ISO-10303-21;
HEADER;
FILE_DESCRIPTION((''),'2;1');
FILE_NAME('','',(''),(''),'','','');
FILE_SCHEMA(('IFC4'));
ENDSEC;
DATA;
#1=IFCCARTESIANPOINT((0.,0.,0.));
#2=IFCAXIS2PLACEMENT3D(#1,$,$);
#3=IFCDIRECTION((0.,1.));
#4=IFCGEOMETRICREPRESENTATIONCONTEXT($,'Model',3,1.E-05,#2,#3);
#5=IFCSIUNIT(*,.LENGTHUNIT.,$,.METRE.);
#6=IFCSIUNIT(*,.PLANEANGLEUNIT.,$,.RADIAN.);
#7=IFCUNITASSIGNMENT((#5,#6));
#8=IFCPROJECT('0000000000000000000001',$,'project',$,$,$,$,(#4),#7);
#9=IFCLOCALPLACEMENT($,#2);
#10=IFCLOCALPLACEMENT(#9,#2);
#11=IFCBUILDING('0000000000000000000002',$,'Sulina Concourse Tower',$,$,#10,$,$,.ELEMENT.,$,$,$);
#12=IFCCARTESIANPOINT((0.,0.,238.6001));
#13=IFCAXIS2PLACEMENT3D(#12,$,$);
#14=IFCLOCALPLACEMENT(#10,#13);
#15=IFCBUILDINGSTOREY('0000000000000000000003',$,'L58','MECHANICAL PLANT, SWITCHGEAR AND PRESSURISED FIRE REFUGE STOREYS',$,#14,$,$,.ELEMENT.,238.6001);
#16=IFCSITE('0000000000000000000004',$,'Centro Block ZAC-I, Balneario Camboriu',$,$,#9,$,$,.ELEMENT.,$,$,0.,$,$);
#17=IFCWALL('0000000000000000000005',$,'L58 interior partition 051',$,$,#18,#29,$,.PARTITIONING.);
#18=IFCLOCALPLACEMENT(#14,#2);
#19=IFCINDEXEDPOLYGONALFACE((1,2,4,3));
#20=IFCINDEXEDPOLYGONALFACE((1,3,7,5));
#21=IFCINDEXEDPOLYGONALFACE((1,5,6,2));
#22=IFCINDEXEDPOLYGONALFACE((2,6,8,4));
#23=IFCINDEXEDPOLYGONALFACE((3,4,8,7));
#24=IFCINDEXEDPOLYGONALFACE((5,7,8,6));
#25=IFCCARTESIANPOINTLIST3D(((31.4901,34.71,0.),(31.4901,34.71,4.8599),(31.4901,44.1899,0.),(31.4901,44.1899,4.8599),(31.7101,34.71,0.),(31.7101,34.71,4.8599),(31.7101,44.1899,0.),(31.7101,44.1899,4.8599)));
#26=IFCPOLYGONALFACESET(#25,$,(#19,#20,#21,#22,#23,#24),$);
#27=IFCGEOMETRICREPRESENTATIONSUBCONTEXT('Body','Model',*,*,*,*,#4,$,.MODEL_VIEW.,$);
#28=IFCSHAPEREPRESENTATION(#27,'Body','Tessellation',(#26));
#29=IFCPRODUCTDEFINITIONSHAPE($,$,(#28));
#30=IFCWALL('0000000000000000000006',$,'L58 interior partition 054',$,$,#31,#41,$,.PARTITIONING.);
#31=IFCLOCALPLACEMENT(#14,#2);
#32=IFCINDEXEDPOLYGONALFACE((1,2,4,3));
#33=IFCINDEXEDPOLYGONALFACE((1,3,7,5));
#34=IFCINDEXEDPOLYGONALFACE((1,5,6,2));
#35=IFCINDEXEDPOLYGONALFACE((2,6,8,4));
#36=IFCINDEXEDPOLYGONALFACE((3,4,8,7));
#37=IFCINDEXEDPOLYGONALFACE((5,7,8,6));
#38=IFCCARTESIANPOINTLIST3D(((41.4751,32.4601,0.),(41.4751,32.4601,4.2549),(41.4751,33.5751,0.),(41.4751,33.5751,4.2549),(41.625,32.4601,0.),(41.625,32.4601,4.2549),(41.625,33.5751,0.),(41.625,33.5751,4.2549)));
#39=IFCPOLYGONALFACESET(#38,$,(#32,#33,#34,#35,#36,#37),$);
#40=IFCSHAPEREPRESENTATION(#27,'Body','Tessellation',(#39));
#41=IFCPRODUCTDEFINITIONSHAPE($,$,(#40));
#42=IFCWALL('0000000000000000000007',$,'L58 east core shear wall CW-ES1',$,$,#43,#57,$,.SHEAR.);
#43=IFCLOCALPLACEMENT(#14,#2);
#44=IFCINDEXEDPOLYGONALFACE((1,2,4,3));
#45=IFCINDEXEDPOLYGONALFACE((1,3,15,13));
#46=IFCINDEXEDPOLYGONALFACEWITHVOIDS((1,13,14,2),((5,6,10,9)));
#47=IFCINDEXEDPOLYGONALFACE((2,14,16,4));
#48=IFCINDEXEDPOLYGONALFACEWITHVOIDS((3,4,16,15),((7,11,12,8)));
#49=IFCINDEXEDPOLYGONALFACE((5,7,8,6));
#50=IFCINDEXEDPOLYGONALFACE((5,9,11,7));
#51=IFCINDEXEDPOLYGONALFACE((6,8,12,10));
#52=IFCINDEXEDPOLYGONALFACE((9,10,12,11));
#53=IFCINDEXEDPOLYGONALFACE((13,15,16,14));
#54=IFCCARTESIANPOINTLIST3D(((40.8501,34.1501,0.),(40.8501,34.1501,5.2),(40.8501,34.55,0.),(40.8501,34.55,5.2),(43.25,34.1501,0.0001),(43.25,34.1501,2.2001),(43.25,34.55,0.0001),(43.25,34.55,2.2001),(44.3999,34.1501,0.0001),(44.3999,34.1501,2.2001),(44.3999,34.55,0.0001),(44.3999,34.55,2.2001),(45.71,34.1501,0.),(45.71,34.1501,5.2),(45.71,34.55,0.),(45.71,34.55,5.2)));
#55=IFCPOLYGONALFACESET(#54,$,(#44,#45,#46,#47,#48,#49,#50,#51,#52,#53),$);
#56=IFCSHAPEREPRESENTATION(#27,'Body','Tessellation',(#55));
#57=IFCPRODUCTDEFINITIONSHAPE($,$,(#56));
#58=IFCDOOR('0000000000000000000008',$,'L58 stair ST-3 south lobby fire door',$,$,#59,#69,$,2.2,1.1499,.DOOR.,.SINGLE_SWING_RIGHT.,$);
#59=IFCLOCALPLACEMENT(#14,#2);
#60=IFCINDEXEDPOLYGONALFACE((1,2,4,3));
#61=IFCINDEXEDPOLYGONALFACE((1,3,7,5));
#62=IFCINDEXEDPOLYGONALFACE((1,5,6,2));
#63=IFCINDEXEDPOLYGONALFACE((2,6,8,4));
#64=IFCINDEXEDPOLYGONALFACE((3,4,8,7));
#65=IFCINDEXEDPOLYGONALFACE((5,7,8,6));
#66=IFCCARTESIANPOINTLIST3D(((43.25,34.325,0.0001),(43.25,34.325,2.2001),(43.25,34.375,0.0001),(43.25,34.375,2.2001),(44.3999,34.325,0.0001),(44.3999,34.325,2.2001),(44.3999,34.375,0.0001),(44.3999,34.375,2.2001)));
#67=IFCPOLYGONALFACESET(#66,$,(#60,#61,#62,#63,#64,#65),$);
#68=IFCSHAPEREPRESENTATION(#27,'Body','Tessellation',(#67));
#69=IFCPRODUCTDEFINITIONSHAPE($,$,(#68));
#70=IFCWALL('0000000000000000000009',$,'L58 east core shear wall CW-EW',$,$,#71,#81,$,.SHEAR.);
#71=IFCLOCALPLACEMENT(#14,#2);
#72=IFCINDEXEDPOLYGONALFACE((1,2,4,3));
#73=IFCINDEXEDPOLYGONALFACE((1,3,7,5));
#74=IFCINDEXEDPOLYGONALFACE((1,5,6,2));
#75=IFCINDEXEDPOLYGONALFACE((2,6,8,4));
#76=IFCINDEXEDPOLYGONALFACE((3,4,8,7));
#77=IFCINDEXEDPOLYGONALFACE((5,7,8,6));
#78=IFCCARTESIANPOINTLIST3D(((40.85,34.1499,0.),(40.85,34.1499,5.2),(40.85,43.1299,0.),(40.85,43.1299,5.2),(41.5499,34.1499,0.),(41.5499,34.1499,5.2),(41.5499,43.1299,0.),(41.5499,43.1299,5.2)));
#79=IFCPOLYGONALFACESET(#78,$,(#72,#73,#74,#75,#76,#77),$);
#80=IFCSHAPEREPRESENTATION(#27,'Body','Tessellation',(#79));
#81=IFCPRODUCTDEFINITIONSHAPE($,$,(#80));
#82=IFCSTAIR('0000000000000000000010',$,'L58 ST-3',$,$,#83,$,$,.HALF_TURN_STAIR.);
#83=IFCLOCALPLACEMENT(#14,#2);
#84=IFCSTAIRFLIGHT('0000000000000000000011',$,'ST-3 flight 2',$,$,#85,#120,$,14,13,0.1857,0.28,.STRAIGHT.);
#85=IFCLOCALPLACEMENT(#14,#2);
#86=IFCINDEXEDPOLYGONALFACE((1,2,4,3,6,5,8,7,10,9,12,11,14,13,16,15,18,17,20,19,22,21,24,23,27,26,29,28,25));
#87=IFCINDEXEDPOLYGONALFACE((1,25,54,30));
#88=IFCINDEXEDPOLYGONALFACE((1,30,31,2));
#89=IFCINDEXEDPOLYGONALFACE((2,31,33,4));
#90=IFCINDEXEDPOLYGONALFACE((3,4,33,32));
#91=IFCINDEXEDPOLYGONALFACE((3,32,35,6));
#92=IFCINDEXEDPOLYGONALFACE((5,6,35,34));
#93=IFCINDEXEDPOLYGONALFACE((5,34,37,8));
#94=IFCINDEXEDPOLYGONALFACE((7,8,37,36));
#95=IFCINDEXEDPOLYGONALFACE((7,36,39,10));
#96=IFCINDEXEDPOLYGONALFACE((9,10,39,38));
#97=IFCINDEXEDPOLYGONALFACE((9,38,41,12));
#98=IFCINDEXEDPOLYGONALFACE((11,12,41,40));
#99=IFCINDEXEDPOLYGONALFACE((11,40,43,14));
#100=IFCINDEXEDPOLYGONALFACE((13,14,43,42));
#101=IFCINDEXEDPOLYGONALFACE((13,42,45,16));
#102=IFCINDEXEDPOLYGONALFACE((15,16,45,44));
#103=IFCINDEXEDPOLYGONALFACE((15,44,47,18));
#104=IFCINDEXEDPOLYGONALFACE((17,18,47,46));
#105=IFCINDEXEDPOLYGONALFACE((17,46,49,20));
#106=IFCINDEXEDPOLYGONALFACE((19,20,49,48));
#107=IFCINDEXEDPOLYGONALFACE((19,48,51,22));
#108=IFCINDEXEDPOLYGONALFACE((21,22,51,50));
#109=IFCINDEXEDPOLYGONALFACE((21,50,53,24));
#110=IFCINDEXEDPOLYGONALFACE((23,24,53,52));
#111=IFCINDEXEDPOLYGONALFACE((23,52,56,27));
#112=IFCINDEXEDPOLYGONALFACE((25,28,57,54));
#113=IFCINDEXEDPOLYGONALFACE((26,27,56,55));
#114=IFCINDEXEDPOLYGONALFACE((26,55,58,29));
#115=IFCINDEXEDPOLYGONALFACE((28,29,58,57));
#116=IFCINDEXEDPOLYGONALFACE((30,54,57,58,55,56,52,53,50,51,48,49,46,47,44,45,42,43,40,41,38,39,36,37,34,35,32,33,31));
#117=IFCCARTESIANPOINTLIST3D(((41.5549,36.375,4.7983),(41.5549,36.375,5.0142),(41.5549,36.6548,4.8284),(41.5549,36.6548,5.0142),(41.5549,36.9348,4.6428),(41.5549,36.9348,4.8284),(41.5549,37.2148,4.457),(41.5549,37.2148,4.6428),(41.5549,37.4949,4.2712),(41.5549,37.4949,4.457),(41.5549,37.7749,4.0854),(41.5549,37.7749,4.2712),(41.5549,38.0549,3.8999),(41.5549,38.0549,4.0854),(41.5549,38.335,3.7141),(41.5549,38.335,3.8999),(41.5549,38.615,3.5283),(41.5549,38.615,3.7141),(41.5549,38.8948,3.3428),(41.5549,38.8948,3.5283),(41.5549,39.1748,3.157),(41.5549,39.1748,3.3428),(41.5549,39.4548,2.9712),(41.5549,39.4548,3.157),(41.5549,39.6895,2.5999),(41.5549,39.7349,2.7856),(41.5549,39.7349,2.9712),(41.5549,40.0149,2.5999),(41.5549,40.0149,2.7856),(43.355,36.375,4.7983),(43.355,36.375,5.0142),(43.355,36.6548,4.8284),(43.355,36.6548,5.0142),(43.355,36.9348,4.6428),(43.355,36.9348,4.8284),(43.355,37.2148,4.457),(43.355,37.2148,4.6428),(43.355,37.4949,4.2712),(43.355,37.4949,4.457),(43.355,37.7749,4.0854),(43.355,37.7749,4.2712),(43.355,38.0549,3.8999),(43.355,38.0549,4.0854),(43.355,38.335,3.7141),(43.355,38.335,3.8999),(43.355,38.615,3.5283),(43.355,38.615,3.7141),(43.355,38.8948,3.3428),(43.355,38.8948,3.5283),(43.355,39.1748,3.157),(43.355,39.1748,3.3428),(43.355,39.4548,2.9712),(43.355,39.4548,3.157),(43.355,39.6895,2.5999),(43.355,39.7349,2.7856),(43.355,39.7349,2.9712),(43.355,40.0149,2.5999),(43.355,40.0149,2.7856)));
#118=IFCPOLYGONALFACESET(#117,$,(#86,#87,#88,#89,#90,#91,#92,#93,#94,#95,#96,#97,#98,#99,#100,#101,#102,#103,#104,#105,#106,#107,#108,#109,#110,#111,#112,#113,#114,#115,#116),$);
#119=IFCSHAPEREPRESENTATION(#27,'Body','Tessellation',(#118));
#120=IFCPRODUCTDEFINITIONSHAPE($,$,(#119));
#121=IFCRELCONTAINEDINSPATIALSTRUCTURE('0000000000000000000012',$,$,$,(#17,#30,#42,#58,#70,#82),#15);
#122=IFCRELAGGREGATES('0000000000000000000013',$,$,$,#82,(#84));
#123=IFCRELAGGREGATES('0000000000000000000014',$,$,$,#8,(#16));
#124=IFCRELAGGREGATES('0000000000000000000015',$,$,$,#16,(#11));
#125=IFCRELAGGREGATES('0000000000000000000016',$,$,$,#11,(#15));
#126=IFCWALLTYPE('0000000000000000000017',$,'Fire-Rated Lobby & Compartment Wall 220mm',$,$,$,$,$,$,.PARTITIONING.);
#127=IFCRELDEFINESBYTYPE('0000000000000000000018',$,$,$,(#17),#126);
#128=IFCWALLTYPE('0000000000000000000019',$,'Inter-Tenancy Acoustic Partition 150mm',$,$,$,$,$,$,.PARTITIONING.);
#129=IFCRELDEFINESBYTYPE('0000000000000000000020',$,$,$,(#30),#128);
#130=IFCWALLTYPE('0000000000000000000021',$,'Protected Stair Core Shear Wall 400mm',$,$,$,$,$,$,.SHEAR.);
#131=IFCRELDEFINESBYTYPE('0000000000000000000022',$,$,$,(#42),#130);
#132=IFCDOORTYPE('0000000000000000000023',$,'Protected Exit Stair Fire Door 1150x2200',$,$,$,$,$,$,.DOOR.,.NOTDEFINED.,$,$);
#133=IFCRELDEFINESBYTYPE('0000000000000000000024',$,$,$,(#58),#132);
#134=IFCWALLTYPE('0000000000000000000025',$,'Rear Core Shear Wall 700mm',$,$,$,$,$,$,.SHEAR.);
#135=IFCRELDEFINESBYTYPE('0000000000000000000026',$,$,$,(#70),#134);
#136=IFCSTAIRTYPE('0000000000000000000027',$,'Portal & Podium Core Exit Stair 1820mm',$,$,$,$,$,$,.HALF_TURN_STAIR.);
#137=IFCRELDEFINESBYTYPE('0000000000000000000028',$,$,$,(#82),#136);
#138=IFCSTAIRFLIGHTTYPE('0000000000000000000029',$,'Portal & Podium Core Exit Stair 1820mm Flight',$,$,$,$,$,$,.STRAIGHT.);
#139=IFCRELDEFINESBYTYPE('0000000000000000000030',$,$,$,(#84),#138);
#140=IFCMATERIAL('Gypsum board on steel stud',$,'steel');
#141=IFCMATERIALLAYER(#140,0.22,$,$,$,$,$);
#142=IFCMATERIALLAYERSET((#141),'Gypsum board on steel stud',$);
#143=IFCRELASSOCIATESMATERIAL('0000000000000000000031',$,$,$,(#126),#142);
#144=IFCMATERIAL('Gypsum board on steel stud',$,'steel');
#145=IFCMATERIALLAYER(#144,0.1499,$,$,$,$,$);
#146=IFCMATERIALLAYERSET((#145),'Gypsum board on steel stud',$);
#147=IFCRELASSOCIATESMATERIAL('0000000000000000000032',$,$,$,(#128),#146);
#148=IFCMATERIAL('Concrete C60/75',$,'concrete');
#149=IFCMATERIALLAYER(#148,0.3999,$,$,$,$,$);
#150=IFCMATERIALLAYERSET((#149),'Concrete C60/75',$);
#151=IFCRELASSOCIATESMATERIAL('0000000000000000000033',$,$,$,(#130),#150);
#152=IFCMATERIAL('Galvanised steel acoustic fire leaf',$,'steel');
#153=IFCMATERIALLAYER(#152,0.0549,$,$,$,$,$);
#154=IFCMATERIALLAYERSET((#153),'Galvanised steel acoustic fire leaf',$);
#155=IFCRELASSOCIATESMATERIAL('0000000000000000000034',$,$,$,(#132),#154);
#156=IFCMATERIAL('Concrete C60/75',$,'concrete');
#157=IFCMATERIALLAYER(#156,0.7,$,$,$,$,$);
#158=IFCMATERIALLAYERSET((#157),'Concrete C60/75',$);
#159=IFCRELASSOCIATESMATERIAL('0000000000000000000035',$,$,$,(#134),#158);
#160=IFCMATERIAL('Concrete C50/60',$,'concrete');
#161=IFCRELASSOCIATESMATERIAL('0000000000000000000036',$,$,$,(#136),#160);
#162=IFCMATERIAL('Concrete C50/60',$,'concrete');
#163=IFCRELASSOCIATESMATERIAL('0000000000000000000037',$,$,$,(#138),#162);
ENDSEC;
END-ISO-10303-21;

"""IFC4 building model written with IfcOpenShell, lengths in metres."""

from ifc_helpers import new_model, si_unit, direction, frame, frame_2d, origin, place, context, subcontext, project, spatial, polyline, rectangle, outline, extrude, material, layer, layer_set, type_object, element, fill, aggregate, save


model = new_model("IFC4")

# Units and contexts
model_context = context("Model", 3, precision=1e-05, world=origin(), true_north=direction((0.0, 1.0)))
body_context = subcontext(model_context, "Body", "Model", "MODEL_VIEW")
ifc_project = project(units=[si_unit("LENGTHUNIT", "METRE"), si_unit("PLANEANGLEUNIT", "RADIAN")], contexts=[model_context])

# Site, building, storey
site_placement = place(None, origin())
site = spatial("IfcSite", under=ifc_project, at=site_placement, Name="Centro Block ZAC-I, Balneario Camboriu", CompositionType="ELEMENT", RefElevation=0.0)
building_placement = place(site_placement, origin())
building = spatial("IfcBuilding", under=site, at=building_placement, Name="Sulina Concourse Tower", CompositionType="ELEMENT")
storey_placement = place(building_placement, frame((0.0, 0.0, 238.6001)))
storey = spatial("IfcBuildingStorey", under=building, at=storey_placement, Name="L58", Description="MECHANICAL PLANT, SWITCHGEAR AND PRESSURISED FIRE REFUGE STOREYS", CompositionType="ELEMENT", Elevation=238.6001)

# Walls
ifc_material_1 = material(Name="Gypsum board on steel stud", Category="steel")
ifc_layer_1 = layer(ifc_material_1, 0.22)
ifc_layer_set_1 = layer_set([ifc_layer_1], Name="Gypsum board on steel stud")
wall_type_1 = type_object("IfcWallType", Name="Fire-Rated Lobby & Compartment Wall 220mm", PredefinedType="PARTITIONING", material=ifc_layer_set_1)
wall_1_placement = place(storey_placement, frame((31.6001, 34.71, 0.0), z_axis=(0.0, 0.0, 1.0), x_axis=(0.0, 1.0, 0.0)))
element("IfcWall", 1, at=wall_1_placement, inside=storey, type_object=wall_type_1, Name="L58 interior partition 051", PredefinedType="PARTITIONING", context=body_context, shape_type="SweptSolid", body=[
    extrude(rectangle(XDim=9.48, YDim=0.22, at=frame_2d((4.74, 0.0))), origin(), (0.0, 0.0, 1.0), 4.8599),
])
ifc_material_2 = material(Name="Gypsum board on steel stud", Category="steel")
ifc_layer_2 = layer(ifc_material_2, 0.1499)
ifc_layer_set_2 = layer_set([ifc_layer_2], Name="Gypsum board on steel stud")
wall_type_2 = type_object("IfcWallType", Name="Inter-Tenancy Acoustic Partition 150mm", PredefinedType="PARTITIONING", material=ifc_layer_set_2)
wall_2_placement = place(storey_placement, frame((41.55, 32.46, 0.0), z_axis=(0.0, 0.0, 1.0), x_axis=(0.0, 1.0, 0.0)))
element("IfcWall", 2, at=wall_2_placement, inside=storey, type_object=wall_type_2, Name="L58 interior partition 054", PredefinedType="PARTITIONING", context=body_context, shape_type="SweptSolid", body=[
    extrude(rectangle(XDim=1.115, YDim=0.1499, at=frame_2d((0.5576, 0.0))), origin(), (0.0, 0.0, 1.0), 4.2549),
])

# Wall, opening, door
ifc_material_3 = material(Name="Concrete C60/75", Category="concrete")
ifc_layer_3 = layer(ifc_material_3, 0.3999)
ifc_layer_set_3 = layer_set([ifc_layer_3], Name="Concrete C60/75")
wall_type_3 = type_object("IfcWallType", Name="Protected Stair Core Shear Wall 400mm", PredefinedType="SHEAR", material=ifc_layer_set_3)
wall_3_placement = place(storey_placement, frame((40.8501, 34.3501, 0.0), z_axis=(0.0, 0.0, 1.0), x_axis=(1.0, 0.0, 0.0)))
wall_3 = element("IfcWall", 3, at=wall_3_placement, inside=storey, type_object=wall_type_3, Name="L58 east core shear wall CW-ES1", PredefinedType="SHEAR", context=body_context, shape_type="SweptSolid", body=[
    extrude(rectangle(XDim=4.8599, YDim=0.3999, at=frame_2d((2.4299, 0.0))), origin(), (0.0, 0.0, 1.0), 5.2),
])
opening_placement = place(wall_3_placement, frame((2.3999, 0.0, 0.0)))
opening = element("IfcOpeningElement", 4, at=opening_placement, cuts=wall_3, PredefinedType="OPENING", context=body_context, shape_type="SweptSolid", body=[
    extrude(rectangle(XDim=1.1499, YDim=2.2, at=frame_2d((0.575, 1.1001))), frame((0.0, 0.21, 0.0), z_axis=(0.0, -1.0, 0.0), x_axis=(1.0, 0.0, 0.0)), (0.0, 0.0, 1.0), 0.4199),
])
ifc_material_4 = material(Name="Galvanised steel acoustic fire leaf", Category="steel")
ifc_layer_4 = layer(ifc_material_4, 0.0549)
ifc_layer_set_4 = layer_set([ifc_layer_4], Name="Galvanised steel acoustic fire leaf")
door_type = type_object("IfcDoorType", Name="Protected Exit Stair Fire Door 1150x2200", OperationType="NOTDEFINED", PredefinedType="DOOR", material=ifc_layer_set_4)
door_placement = place(opening_placement, origin())
door = element("IfcDoor", 5, at=door_placement, inside=storey, type_object=door_type, Name="L58 stair ST-3 south lobby fire door", OperationType="SINGLE_SWING_RIGHT", OverallHeight=2.2, OverallWidth=1.1499, PredefinedType="DOOR", context=body_context, shape_type="SweptSolid", body=[
    extrude(rectangle(XDim=1.1499, YDim=2.2, at=frame_2d((0.575, 1.1001))), frame((0.0, 0.0249, 0.0), z_axis=(0.0, -1.0, 0.0), x_axis=(1.0, 0.0, 0.0)), (0.0, 0.0, 1.0), 0.05),
])
fill(opening, door)

# Wall
ifc_material_5 = material(Name="Concrete C60/75", Category="concrete")
ifc_layer_5 = layer(ifc_material_5, 0.7)
ifc_layer_set_5 = layer_set([ifc_layer_5], Name="Concrete C60/75")
wall_type_4 = type_object("IfcWallType", Name="Rear Core Shear Wall 700mm", PredefinedType="SHEAR", material=ifc_layer_set_5)
wall_4_placement = place(storey_placement, frame((41.2, 34.1499, 0.0), z_axis=(0.0, 0.0, 1.0), x_axis=(0.0, 1.0, 0.0)))
element("IfcWall", 6, at=wall_4_placement, inside=storey, type_object=wall_type_4, Name="L58 east core shear wall CW-EW", PredefinedType="SHEAR", context=body_context, shape_type="SweptSolid", body=[
    extrude(rectangle(XDim=8.98, YDim=0.7, at=frame_2d((4.49, 0.0))), origin(), (0.0, 0.0, 1.0), 5.2),
])

# Stair, stair flight
ifc_material_6 = material(Name="Concrete C50/60", Category="concrete")
stair_type = type_object("IfcStairType", Name="Portal & Podium Core Exit Stair 1820mm", PredefinedType="HALF_TURN_STAIR", material=ifc_material_6)
stair_placement = place(storey_placement, origin())
stair = element("IfcStair", 7, at=stair_placement, inside=storey, type_object=stair_type, Name="L58 ST-3", PredefinedType="HALF_TURN_STAIR")
ifc_material_7 = material(Name="Concrete C50/60", Category="concrete")
stair_flight_type = type_object("IfcStairFlightType", Name="Portal & Podium Core Exit Stair 1820mm Flight", PredefinedType="STRAIGHT", material=ifc_material_7)
stair_flight_placement = place(storey_placement, frame((42.4551, 40.0149, 2.5999), z_axis=(0.0, 0.0, 1.0), x_axis=(0.0, -1.0, 0.0)))
stair_flight = element("IfcStairFlight", 8, at=stair_flight_placement, type_object=stair_flight_type, Name="ST-3 flight 2", NumberOfRisers=14, NumberOfTreads=13, PredefinedType="STRAIGHT", RiserHeight=0.1857, TreadLength=0.28, context=body_context, shape_type="SweptSolid", body=[
    extrude(outline(polyline([(0.0, 0.0), (0.0, 0.1858), (0.28, 0.1858), (0.28, 0.3713), (0.5601, 0.3713), (0.5601, 0.5571), (0.8401, 0.5571), (0.8401, 0.7429), (1.1201, 0.7429), (1.1201, 0.9285), (1.3999, 0.9285), (1.3999, 1.1143), (1.6799, 1.1143), (1.6799, 1.3), (1.96, 1.3), (1.96, 1.4856), (2.24, 1.4856), (2.24, 1.6714), (2.52, 1.6714), (2.52, 1.8572), (2.8, 1.8572), (2.8, 2.043), (3.0801, 2.043), (3.0801, 2.2285), (3.3601, 2.2285), (3.3601, 2.4143), (3.6399, 2.4143), (3.6399, 2.6001), (3.6399, 2.1985), (0.3254, 0.0), (0.0, 0.0)])), frame((0.0, 0.8999, 0.0), z_axis=(0.0, -1.0, 0.0), x_axis=(1.0, 0.0, 0.0)), (0.0, 0.0, 1.0), 1.8),
])
aggregate(stair, [stair_flight])

save(model, "model.ifc")
